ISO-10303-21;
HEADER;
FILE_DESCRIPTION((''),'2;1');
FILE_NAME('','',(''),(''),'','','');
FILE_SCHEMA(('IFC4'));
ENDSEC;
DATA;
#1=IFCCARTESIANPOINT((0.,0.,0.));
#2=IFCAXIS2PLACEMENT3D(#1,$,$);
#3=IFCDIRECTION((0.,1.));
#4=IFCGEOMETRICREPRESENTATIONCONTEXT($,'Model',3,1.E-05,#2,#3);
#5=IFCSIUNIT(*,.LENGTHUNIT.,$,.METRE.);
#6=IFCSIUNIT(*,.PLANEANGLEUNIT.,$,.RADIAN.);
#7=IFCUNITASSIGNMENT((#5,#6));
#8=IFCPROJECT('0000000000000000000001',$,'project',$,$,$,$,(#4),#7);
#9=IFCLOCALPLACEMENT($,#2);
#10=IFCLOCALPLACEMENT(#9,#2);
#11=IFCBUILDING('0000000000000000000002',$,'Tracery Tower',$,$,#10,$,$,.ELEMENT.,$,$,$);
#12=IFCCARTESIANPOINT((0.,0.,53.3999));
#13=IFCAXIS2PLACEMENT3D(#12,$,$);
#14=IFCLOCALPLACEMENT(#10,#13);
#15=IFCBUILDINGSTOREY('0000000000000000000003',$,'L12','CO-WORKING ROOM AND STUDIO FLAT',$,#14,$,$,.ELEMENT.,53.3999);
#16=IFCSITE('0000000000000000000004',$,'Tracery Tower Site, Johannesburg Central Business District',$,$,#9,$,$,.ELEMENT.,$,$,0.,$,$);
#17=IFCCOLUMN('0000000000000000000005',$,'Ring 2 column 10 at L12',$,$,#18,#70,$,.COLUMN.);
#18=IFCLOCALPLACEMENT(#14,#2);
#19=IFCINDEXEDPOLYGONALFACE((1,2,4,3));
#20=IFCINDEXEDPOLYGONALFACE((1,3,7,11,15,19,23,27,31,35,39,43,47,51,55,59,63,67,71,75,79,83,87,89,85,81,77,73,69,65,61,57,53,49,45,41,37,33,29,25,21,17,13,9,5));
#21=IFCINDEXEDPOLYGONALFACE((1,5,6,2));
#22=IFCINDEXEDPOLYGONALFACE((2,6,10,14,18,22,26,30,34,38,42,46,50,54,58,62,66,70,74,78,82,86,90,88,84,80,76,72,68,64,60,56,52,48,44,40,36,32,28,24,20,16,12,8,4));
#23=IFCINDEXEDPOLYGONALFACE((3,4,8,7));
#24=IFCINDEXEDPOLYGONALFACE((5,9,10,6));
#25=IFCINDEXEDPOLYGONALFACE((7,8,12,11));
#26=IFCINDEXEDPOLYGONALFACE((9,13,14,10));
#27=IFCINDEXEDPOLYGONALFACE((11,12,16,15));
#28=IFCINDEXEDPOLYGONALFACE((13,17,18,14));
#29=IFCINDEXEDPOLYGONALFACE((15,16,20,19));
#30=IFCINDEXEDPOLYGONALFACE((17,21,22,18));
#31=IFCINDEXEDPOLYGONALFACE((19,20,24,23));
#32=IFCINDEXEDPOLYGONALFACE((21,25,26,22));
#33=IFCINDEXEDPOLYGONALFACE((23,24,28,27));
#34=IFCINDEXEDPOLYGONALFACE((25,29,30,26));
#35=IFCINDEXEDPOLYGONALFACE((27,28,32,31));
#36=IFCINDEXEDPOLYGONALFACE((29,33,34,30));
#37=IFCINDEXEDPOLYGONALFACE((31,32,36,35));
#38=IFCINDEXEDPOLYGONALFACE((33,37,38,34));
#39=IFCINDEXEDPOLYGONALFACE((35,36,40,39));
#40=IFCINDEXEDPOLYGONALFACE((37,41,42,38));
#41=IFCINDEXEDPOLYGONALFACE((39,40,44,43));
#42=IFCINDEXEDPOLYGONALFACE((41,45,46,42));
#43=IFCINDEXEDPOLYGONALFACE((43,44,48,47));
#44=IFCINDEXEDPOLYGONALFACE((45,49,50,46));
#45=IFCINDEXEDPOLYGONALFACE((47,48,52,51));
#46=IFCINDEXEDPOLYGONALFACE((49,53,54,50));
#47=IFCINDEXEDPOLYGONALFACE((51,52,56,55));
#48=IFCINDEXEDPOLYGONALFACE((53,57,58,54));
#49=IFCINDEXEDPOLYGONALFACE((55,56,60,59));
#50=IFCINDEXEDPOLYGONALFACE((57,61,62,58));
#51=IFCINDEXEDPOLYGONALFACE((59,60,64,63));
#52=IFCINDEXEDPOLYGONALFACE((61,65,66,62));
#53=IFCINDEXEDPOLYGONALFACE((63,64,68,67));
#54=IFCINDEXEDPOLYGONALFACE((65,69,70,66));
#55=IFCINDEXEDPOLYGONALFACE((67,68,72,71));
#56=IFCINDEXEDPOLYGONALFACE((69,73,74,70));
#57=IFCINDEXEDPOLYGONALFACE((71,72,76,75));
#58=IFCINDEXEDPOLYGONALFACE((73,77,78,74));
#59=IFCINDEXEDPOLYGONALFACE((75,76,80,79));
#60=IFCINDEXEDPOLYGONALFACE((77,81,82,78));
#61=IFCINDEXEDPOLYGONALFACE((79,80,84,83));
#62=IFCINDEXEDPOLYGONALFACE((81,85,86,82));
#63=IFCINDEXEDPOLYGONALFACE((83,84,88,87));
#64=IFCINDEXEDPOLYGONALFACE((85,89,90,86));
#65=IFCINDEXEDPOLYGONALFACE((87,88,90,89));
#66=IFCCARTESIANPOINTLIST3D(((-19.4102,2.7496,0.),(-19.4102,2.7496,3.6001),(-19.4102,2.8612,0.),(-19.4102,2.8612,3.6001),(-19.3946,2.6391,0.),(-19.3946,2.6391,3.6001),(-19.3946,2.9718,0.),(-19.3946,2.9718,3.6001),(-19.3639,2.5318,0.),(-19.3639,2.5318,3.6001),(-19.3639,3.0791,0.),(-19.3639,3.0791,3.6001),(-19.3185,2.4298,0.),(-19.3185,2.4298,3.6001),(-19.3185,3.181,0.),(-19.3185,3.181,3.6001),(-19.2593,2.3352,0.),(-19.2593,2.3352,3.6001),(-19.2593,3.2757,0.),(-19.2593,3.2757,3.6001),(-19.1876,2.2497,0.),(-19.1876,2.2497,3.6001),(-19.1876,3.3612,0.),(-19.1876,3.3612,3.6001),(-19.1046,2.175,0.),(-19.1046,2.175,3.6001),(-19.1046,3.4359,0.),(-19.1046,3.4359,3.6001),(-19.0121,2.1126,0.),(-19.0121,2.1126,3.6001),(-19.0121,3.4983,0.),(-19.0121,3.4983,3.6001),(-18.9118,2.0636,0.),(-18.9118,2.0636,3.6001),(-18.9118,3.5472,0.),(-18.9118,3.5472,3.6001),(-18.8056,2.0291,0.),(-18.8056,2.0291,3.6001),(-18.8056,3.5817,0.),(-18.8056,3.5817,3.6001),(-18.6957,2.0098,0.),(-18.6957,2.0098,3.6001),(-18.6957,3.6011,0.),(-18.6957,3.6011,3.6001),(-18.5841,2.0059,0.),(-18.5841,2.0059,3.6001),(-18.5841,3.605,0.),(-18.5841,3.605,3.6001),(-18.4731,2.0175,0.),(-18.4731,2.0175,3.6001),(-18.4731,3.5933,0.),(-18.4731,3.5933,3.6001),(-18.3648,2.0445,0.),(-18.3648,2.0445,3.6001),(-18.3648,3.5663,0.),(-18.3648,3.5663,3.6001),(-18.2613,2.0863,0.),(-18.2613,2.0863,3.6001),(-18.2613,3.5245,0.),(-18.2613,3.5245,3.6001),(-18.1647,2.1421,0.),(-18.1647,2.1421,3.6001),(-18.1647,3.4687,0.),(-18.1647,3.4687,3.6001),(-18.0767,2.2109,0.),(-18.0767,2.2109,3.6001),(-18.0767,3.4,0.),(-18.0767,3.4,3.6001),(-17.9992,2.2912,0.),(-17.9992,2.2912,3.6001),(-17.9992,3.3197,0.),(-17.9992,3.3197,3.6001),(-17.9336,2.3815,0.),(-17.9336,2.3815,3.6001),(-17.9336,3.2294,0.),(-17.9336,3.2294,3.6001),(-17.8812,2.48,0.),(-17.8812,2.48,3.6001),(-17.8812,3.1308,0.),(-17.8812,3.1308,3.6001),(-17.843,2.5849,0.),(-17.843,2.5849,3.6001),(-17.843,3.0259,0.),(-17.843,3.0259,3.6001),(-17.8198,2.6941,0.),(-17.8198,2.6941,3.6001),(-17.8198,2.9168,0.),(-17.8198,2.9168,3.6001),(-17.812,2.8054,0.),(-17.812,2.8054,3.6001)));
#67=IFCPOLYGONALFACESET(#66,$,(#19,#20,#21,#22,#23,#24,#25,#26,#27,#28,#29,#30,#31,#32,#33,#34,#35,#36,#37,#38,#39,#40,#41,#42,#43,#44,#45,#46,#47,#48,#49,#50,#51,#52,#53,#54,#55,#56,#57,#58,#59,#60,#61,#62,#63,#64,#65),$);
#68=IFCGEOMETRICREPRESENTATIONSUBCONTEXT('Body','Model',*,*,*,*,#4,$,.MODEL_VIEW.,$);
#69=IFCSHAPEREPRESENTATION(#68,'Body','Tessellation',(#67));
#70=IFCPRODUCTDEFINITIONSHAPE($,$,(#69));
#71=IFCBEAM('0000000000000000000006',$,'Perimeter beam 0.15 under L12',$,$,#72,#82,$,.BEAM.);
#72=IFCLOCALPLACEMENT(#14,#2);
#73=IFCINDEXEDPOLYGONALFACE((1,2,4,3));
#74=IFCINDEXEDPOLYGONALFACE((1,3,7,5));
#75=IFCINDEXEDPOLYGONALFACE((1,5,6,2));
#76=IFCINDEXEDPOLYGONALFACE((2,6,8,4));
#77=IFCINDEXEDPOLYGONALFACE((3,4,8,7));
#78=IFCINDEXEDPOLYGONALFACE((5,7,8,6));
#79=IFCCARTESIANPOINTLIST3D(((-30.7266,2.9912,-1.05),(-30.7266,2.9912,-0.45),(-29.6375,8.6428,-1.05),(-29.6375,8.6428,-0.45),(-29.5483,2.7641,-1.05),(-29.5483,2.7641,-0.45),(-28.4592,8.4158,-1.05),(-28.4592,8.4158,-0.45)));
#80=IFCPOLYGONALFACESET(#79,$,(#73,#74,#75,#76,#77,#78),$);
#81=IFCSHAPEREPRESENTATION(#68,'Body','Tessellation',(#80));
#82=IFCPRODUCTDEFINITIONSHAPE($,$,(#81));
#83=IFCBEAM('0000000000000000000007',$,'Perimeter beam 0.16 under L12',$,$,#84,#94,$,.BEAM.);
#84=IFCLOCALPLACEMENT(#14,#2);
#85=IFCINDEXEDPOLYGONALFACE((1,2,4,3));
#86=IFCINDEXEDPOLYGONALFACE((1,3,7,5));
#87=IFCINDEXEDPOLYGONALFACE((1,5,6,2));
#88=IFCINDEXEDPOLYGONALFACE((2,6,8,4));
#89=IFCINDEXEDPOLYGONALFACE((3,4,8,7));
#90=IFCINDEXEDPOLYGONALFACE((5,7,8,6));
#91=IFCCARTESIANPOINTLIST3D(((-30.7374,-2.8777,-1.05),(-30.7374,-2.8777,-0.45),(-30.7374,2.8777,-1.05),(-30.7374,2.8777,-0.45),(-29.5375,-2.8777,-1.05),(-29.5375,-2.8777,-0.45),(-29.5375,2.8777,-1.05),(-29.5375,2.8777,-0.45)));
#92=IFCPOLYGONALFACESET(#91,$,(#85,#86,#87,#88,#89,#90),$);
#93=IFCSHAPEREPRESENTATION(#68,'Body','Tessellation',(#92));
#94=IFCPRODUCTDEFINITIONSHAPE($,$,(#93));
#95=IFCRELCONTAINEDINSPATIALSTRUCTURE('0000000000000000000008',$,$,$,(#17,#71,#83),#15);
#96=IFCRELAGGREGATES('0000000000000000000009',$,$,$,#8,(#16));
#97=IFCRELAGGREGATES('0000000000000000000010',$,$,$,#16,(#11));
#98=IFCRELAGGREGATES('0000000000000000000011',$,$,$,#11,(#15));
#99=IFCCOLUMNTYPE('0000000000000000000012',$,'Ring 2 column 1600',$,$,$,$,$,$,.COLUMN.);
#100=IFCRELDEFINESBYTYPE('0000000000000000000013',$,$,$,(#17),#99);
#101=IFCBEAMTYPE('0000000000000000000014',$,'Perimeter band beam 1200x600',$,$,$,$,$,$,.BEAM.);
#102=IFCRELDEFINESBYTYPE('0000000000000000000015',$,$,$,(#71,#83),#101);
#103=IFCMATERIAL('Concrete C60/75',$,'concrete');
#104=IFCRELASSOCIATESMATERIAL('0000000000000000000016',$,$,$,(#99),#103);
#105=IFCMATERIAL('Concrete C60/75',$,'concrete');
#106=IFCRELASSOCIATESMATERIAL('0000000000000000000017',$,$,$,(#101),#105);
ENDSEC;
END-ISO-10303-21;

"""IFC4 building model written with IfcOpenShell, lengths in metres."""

from ifc_helpers import new_model, si_unit, direction, frame, origin, origin_2d, place, context, subcontext, project, spatial, rectangle, circle, extrude, material, material_profile, profile_set, type_object, element, save


model = new_model("IFC4")

# Units and contexts
model_context = context("Model", 3, precision=1e-05, world=origin(), true_north=direction((0.0, 1.0)))
body_context = subcontext(model_context, "Body", "Model", "MODEL_VIEW")
ifc_project = project(units=[si_unit("LENGTHUNIT", "METRE"), si_unit("PLANEANGLEUNIT", "RADIAN")], contexts=[model_context])

# Site, building, storey
site_placement = place(None, origin())
site = spatial("IfcSite", under=ifc_project, at=site_placement, Name="Tracery Tower Site, Johannesburg Central Business District", CompositionType="ELEMENT", RefElevation=0.0)
building_placement = place(site_placement, origin())
building = spatial("IfcBuilding", under=site, at=building_placement, Name="Tracery Tower", CompositionType="ELEMENT")
storey_placement = place(building_placement, frame((0.0, 0.0, 53.3999)))
storey = spatial("IfcBuildingStorey", under=building, at=storey_placement, Name="L12", Description="CO-WORKING ROOM AND STUDIO FLAT", CompositionType="ELEMENT", Elevation=53.3999)

# Column
ifc_material_1 = material(Name="Concrete C60/75", Category="concrete")
ifc_material_profile_1 = material_profile(ifc_material_1, circle(Radius=0.8, at=origin_2d()), Name="RC D1600")
ifc_profile_set_1 = profile_set([ifc_material_profile_1], Name="Concrete C60/75")
column_type_1 = type_object("IfcColumnType", Name="Ring 2 column 1600", PredefinedType="COLUMN", material=ifc_profile_set_1)
column_placement = place(storey_placement, frame((-18.6121, 2.8054, 0.0), z_axis=(0.0, 0.0, 1.0), x_axis=(1.0, 0.0, 0.0)))
element("IfcColumn", 1, at=column_placement, inside=storey, type_object=column_type_1, Name="Ring 2 column 10 at L12", PredefinedType="COLUMN", context=body_context, shape_type="SweptSolid", body=[
    extrude(circle(Radius=0.8, at=origin_2d()), origin(), (0.0, 0.0, 1.0), 3.6001),
])

# Beams
ifc_material_2 = material(Name="Concrete C60/75", Category="concrete")
ifc_material_profile_2 = material_profile(ifc_material_2, rectangle(XDim=1.2, YDim=0.6001, at=origin_2d()), Name="RC 1200x600")
ifc_profile_set_2 = profile_set([ifc_material_profile_2], Name="Concrete C60/75")
beam_type = type_object("IfcBeamType", Name="Perimeter band beam 1200x600", PredefinedType="BEAM", material=ifc_profile_set_2)
beam_1_placement = place(storey_placement, frame((-29.0483, 8.5293, -0.75), z_axis=(-0.189227, -0.981933, 0.0), x_axis=(0.981933, -0.189227, 0.0)))
element("IfcBeam", 2, at=beam_1_placement, inside=storey, type_object=beam_type, Name="Perimeter beam 0.15 under L12", PredefinedType="BEAM", context=body_context, shape_type="SweptSolid", body=[
    extrude(rectangle(XDim=1.2, YDim=0.6001, at=origin_2d()), origin(), (0.0, 0.0, 1.0), 5.7556),
])
beam_2_placement = place(storey_placement, frame((-30.1375, 2.8777, -0.75), z_axis=(0.0, -1.0, 0.0), x_axis=(1.0, 0.0, 0.0)))
element("IfcBeam", 3, at=beam_2_placement, inside=storey, type_object=beam_type, Name="Perimeter beam 0.16 under L12", PredefinedType="BEAM", context=body_context, shape_type="SweptSolid", body=[
    extrude(rectangle(XDim=1.2, YDim=0.6001, at=origin_2d()), origin(), (0.0, 0.0, 1.0), 5.7554),
])

save(model, "model.ifc")
